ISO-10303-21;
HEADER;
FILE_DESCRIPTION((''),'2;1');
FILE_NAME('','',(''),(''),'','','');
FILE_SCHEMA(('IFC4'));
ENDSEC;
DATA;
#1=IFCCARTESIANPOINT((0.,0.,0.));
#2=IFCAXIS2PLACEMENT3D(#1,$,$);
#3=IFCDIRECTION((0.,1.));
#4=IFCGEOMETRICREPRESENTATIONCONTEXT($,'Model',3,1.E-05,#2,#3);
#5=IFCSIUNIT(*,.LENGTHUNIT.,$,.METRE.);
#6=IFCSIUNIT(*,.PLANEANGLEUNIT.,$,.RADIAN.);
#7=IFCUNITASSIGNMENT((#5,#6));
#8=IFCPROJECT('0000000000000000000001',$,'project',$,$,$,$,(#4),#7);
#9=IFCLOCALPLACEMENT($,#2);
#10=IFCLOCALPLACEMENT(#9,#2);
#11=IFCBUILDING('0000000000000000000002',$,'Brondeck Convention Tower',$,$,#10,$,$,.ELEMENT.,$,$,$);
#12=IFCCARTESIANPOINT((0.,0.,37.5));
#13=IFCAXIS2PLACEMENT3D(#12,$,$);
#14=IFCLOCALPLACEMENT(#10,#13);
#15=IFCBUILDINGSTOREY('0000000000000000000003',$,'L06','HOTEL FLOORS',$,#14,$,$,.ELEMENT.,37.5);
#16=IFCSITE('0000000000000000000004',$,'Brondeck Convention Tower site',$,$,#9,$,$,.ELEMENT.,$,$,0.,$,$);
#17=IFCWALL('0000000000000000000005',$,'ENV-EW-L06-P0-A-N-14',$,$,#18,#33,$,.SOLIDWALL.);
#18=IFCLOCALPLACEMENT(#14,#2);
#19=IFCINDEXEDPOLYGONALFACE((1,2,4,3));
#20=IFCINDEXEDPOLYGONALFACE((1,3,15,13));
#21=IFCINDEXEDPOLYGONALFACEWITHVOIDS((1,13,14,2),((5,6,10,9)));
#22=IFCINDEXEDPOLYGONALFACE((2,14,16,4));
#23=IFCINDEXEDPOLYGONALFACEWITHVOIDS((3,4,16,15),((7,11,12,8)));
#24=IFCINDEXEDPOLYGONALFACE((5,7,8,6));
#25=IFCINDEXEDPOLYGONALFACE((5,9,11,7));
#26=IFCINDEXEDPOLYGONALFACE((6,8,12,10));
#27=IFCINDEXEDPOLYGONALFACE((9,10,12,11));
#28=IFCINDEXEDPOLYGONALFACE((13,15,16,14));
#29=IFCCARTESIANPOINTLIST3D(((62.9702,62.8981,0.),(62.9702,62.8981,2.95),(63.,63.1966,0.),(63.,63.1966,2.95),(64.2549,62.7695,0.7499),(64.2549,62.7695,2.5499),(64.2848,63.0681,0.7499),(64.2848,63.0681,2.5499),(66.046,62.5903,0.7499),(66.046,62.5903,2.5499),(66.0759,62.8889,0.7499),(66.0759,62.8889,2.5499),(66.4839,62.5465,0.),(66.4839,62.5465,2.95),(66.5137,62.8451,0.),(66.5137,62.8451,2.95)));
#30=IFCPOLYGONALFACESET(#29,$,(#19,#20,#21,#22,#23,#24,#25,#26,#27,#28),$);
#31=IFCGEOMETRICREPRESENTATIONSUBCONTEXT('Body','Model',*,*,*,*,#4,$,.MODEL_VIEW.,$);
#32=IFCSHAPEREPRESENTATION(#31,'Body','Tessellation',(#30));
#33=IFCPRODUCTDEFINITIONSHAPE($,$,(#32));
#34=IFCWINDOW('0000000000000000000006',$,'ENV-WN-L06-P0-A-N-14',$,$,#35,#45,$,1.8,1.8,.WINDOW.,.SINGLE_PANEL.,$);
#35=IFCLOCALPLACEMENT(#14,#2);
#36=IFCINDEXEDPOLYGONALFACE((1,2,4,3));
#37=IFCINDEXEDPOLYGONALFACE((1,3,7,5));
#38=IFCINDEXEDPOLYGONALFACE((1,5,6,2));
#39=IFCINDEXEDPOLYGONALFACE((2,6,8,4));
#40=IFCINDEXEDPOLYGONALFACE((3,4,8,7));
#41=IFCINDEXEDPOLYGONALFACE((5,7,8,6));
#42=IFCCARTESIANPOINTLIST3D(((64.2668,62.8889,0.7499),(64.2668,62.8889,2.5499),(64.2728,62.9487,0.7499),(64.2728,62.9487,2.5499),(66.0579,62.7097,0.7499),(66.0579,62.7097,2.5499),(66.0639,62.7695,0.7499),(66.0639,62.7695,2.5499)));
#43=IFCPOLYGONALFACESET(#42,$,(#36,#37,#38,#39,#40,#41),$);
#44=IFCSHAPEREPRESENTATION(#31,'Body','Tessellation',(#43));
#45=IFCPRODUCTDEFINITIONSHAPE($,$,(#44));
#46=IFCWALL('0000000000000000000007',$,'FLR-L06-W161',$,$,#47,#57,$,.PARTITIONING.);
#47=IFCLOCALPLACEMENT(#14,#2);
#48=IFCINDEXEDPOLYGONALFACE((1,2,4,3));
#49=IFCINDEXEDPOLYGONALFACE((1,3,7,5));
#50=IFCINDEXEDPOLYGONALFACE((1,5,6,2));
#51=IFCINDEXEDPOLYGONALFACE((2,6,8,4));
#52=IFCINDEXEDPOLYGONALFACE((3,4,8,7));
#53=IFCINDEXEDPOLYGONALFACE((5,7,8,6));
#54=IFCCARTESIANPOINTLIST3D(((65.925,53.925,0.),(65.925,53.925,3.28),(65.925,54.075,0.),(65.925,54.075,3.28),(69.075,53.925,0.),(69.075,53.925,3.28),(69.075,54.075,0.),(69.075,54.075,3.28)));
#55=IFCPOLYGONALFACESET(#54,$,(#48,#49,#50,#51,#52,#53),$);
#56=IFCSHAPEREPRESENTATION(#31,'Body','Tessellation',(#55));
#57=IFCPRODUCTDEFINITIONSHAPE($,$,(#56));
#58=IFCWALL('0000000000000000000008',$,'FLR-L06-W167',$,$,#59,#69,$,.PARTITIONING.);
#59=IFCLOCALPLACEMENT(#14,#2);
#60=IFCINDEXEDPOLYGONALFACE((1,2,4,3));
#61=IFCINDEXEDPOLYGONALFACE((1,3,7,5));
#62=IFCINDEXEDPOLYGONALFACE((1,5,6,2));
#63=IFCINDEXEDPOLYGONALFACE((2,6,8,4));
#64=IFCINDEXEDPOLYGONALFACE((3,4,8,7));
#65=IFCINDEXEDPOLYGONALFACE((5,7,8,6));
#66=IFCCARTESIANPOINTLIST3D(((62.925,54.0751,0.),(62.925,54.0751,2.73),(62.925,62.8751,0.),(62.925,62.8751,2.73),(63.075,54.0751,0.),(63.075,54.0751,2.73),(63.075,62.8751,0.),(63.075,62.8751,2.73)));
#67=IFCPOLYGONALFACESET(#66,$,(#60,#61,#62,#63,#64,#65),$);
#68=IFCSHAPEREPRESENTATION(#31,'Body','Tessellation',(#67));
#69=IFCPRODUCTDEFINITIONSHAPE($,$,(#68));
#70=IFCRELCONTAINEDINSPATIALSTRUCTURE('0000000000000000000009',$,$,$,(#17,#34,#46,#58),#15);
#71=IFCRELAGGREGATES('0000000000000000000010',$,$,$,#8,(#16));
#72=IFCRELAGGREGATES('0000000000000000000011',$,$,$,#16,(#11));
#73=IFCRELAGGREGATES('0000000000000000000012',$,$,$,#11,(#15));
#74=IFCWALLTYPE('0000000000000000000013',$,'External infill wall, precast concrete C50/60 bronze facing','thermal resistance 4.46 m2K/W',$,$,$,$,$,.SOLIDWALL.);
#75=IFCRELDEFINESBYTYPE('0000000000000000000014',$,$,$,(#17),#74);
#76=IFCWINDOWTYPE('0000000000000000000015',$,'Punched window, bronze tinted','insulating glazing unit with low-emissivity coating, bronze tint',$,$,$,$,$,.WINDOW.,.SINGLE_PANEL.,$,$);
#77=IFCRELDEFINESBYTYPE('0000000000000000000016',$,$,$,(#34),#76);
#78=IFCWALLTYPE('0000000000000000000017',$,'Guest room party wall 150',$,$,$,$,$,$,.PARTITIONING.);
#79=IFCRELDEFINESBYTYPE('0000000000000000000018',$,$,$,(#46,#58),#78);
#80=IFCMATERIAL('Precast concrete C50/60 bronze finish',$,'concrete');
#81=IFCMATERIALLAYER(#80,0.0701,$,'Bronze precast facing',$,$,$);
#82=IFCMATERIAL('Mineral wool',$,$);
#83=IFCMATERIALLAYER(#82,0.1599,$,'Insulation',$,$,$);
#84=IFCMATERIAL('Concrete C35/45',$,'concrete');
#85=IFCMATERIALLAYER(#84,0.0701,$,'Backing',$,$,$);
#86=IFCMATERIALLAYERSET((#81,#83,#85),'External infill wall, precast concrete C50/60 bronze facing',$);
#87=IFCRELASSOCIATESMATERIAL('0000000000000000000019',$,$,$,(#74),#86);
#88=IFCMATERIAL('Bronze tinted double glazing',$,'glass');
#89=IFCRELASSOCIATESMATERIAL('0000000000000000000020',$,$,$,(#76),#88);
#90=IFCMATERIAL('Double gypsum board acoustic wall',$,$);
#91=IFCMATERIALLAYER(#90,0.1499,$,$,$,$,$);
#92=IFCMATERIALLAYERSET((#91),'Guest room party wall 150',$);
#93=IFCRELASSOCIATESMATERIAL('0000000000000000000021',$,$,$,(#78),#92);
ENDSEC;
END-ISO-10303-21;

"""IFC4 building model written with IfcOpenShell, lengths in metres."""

from ifc_helpers import new_model, si_unit, direction, frame, frame_2d, origin, place, context, subcontext, project, spatial, rectangle, extrude, material, layer, layer_set, type_object, element, fill, save


model = new_model("IFC4")

# Units and contexts
model_context = context("Model", 3, precision=1e-05, world=origin(), true_north=direction((0.0, 1.0)))
body_context = subcontext(model_context, "Body", "Model", "MODEL_VIEW")
ifc_project = project(units=[si_unit("LENGTHUNIT", "METRE"), si_unit("PLANEANGLEUNIT", "RADIAN")], contexts=[model_context])

# Site, building, storey
site_placement = place(None, origin())
site = spatial("IfcSite", under=ifc_project, at=site_placement, Name="Brondeck Convention Tower site", CompositionType="ELEMENT", RefElevation=0.0)
building_placement = place(site_placement, origin())
building = spatial("IfcBuilding", under=site, at=building_placement, Name="Brondeck Convention Tower", CompositionType="ELEMENT")
storey_placement = place(building_placement, frame((0.0, 0.0, 37.5)))
storey = spatial("IfcBuildingStorey", under=building, at=storey_placement, Name="L06", Description="HOTEL FLOORS", CompositionType="ELEMENT", Elevation=37.5)

# Shared definitions
ifc_material_1 = material(Name="Precast concrete C50/60 bronze finish", Category="concrete")
ifc_layer_1 = layer(ifc_material_1, 0.0701, Name="Bronze precast facing")
ifc_material_2 = material(Name="Mineral wool")
ifc_layer_2 = layer(ifc_material_2, 0.1599, Name="Insulation")
ifc_material_3 = material(Name="Concrete C35/45", Category="concrete")
ifc_layer_3 = layer(ifc_material_3, 0.0701, Name="Backing")
ifc_layer_set_1 = layer_set([ifc_layer_1, ifc_layer_2, ifc_layer_3], Name="External infill wall, precast concrete C50/60 bronze facing")
wall_type_1 = type_object("IfcWallType", Name="External infill wall, precast concrete C50/60 bronze facing", Description="thermal resistance 4.46 m2K/W", PredefinedType="SOLIDWALL", material=ifc_layer_set_1)
ifc_material_4 = material(Name="Bronze tinted double glazing", Category="glass")
window_type_1 = type_object("IfcWindowType", Name="Punched window, bronze tinted", Description="insulating glazing unit with low-emissivity coating, bronze tint", PartitioningType="SINGLE_PANEL", PredefinedType="WINDOW", material=ifc_material_4)

# Wall, opening, window
wall_1_placement = place(storey_placement, frame((62.9851, 63.0474, 0.0), z_axis=(0.0, 0.0, 1.0), x_axis=(0.995032, -0.099558, 0.0)))
wall_1 = element("IfcWall", 1, at=wall_1_placement, inside=storey, type_object=wall_type_1, Name="ENV-EW-L06-P0-A-N-14", PredefinedType="SOLIDWALL", context=body_context, shape_type="SweptSolid", body=[
    extrude(rectangle(XDim=3.5312, YDim=0.3, at=frame_2d((1.7656, 0.0))), origin(), (0.0, 0.0, 1.0), 2.95),
])
opening_1_placement = place(wall_1_placement, frame((1.2913, 0.0, 0.75)))
opening_1 = element("IfcOpeningElement", 2, at=opening_1_placement, cuts=wall_1, PredefinedType="OPENING", context=body_context, shape_type="SweptSolid", body=[
    extrude(rectangle(XDim=1.8, YDim=1.8, at=frame_2d((0.8999, 0.8999))), frame((0.0, 0.1599, 0.0), z_axis=(0.0, -1.0, 0.0), x_axis=(1.0, 0.0, 0.0)), (0.0, 0.0, 1.0), 0.3201),
])
window_1_placement = place(opening_1_placement, origin())
window_1 = element("IfcWindow", 3, at=window_1_placement, inside=storey, type_object=window_type_1, Name="ENV-WN-L06-P0-A-N-14", OverallHeight=1.8, OverallWidth=1.8, PartitioningType="SINGLE_PANEL", PredefinedType="WINDOW", context=body_context, shape_type="SweptSolid", body=[
    extrude(rectangle(XDim=1.8, YDim=1.8, at=frame_2d((0.8999, 0.8999))), frame((0.0, 0.03, 0.0), z_axis=(0.0, -1.0, 0.0), x_axis=(1.0, 0.0, 0.0)), (0.0, 0.0, 1.0), 0.0601),
])
fill(opening_1, window_1)

# Walls
ifc_material_5 = material(Name="Double gypsum board acoustic wall")
ifc_layer_4 = layer(ifc_material_5, 0.1499)
ifc_layer_set_2 = layer_set([ifc_layer_4], Name="Guest room party wall 150")
wall_type_2 = type_object("IfcWallType", Name="Guest room party wall 150", PredefinedType="PARTITIONING", material=ifc_layer_set_2)
wall_2_placement = place(storey_placement, frame((69.075, 54.0, 0.0), z_axis=(0.0, 0.0, 1.0), x_axis=(-1.0, 0.0, 0.0)))
element("IfcWall", 4, at=wall_2_placement, inside=storey, type_object=wall_type_2, Name="FLR-L06-W161", PredefinedType="PARTITIONING", context=body_context, shape_type="SweptSolid", body=[
    extrude(rectangle(XDim=3.1499, YDim=0.1499, at=frame_2d((1.575, 0.0))), origin(), (0.0, 0.0, 1.0), 3.28),
])
wall_3_placement = place(storey_placement, frame((63.0, 62.875, 0.0), z_axis=(0.0, 0.0, 1.0), x_axis=(0.0, -1.0, 0.0)))
element("IfcWall", 5, at=wall_3_placement, inside=storey, type_object=wall_type_2, Name="FLR-L06-W167", PredefinedType="PARTITIONING", context=body_context, shape_type="SweptSolid", body=[
    extrude(rectangle(XDim=8.8, YDim=0.1499, at=frame_2d((4.3999, 0.0))), origin(), (0.0, 0.0, 1.0), 2.73),
])

save(model, "model.ifc")
